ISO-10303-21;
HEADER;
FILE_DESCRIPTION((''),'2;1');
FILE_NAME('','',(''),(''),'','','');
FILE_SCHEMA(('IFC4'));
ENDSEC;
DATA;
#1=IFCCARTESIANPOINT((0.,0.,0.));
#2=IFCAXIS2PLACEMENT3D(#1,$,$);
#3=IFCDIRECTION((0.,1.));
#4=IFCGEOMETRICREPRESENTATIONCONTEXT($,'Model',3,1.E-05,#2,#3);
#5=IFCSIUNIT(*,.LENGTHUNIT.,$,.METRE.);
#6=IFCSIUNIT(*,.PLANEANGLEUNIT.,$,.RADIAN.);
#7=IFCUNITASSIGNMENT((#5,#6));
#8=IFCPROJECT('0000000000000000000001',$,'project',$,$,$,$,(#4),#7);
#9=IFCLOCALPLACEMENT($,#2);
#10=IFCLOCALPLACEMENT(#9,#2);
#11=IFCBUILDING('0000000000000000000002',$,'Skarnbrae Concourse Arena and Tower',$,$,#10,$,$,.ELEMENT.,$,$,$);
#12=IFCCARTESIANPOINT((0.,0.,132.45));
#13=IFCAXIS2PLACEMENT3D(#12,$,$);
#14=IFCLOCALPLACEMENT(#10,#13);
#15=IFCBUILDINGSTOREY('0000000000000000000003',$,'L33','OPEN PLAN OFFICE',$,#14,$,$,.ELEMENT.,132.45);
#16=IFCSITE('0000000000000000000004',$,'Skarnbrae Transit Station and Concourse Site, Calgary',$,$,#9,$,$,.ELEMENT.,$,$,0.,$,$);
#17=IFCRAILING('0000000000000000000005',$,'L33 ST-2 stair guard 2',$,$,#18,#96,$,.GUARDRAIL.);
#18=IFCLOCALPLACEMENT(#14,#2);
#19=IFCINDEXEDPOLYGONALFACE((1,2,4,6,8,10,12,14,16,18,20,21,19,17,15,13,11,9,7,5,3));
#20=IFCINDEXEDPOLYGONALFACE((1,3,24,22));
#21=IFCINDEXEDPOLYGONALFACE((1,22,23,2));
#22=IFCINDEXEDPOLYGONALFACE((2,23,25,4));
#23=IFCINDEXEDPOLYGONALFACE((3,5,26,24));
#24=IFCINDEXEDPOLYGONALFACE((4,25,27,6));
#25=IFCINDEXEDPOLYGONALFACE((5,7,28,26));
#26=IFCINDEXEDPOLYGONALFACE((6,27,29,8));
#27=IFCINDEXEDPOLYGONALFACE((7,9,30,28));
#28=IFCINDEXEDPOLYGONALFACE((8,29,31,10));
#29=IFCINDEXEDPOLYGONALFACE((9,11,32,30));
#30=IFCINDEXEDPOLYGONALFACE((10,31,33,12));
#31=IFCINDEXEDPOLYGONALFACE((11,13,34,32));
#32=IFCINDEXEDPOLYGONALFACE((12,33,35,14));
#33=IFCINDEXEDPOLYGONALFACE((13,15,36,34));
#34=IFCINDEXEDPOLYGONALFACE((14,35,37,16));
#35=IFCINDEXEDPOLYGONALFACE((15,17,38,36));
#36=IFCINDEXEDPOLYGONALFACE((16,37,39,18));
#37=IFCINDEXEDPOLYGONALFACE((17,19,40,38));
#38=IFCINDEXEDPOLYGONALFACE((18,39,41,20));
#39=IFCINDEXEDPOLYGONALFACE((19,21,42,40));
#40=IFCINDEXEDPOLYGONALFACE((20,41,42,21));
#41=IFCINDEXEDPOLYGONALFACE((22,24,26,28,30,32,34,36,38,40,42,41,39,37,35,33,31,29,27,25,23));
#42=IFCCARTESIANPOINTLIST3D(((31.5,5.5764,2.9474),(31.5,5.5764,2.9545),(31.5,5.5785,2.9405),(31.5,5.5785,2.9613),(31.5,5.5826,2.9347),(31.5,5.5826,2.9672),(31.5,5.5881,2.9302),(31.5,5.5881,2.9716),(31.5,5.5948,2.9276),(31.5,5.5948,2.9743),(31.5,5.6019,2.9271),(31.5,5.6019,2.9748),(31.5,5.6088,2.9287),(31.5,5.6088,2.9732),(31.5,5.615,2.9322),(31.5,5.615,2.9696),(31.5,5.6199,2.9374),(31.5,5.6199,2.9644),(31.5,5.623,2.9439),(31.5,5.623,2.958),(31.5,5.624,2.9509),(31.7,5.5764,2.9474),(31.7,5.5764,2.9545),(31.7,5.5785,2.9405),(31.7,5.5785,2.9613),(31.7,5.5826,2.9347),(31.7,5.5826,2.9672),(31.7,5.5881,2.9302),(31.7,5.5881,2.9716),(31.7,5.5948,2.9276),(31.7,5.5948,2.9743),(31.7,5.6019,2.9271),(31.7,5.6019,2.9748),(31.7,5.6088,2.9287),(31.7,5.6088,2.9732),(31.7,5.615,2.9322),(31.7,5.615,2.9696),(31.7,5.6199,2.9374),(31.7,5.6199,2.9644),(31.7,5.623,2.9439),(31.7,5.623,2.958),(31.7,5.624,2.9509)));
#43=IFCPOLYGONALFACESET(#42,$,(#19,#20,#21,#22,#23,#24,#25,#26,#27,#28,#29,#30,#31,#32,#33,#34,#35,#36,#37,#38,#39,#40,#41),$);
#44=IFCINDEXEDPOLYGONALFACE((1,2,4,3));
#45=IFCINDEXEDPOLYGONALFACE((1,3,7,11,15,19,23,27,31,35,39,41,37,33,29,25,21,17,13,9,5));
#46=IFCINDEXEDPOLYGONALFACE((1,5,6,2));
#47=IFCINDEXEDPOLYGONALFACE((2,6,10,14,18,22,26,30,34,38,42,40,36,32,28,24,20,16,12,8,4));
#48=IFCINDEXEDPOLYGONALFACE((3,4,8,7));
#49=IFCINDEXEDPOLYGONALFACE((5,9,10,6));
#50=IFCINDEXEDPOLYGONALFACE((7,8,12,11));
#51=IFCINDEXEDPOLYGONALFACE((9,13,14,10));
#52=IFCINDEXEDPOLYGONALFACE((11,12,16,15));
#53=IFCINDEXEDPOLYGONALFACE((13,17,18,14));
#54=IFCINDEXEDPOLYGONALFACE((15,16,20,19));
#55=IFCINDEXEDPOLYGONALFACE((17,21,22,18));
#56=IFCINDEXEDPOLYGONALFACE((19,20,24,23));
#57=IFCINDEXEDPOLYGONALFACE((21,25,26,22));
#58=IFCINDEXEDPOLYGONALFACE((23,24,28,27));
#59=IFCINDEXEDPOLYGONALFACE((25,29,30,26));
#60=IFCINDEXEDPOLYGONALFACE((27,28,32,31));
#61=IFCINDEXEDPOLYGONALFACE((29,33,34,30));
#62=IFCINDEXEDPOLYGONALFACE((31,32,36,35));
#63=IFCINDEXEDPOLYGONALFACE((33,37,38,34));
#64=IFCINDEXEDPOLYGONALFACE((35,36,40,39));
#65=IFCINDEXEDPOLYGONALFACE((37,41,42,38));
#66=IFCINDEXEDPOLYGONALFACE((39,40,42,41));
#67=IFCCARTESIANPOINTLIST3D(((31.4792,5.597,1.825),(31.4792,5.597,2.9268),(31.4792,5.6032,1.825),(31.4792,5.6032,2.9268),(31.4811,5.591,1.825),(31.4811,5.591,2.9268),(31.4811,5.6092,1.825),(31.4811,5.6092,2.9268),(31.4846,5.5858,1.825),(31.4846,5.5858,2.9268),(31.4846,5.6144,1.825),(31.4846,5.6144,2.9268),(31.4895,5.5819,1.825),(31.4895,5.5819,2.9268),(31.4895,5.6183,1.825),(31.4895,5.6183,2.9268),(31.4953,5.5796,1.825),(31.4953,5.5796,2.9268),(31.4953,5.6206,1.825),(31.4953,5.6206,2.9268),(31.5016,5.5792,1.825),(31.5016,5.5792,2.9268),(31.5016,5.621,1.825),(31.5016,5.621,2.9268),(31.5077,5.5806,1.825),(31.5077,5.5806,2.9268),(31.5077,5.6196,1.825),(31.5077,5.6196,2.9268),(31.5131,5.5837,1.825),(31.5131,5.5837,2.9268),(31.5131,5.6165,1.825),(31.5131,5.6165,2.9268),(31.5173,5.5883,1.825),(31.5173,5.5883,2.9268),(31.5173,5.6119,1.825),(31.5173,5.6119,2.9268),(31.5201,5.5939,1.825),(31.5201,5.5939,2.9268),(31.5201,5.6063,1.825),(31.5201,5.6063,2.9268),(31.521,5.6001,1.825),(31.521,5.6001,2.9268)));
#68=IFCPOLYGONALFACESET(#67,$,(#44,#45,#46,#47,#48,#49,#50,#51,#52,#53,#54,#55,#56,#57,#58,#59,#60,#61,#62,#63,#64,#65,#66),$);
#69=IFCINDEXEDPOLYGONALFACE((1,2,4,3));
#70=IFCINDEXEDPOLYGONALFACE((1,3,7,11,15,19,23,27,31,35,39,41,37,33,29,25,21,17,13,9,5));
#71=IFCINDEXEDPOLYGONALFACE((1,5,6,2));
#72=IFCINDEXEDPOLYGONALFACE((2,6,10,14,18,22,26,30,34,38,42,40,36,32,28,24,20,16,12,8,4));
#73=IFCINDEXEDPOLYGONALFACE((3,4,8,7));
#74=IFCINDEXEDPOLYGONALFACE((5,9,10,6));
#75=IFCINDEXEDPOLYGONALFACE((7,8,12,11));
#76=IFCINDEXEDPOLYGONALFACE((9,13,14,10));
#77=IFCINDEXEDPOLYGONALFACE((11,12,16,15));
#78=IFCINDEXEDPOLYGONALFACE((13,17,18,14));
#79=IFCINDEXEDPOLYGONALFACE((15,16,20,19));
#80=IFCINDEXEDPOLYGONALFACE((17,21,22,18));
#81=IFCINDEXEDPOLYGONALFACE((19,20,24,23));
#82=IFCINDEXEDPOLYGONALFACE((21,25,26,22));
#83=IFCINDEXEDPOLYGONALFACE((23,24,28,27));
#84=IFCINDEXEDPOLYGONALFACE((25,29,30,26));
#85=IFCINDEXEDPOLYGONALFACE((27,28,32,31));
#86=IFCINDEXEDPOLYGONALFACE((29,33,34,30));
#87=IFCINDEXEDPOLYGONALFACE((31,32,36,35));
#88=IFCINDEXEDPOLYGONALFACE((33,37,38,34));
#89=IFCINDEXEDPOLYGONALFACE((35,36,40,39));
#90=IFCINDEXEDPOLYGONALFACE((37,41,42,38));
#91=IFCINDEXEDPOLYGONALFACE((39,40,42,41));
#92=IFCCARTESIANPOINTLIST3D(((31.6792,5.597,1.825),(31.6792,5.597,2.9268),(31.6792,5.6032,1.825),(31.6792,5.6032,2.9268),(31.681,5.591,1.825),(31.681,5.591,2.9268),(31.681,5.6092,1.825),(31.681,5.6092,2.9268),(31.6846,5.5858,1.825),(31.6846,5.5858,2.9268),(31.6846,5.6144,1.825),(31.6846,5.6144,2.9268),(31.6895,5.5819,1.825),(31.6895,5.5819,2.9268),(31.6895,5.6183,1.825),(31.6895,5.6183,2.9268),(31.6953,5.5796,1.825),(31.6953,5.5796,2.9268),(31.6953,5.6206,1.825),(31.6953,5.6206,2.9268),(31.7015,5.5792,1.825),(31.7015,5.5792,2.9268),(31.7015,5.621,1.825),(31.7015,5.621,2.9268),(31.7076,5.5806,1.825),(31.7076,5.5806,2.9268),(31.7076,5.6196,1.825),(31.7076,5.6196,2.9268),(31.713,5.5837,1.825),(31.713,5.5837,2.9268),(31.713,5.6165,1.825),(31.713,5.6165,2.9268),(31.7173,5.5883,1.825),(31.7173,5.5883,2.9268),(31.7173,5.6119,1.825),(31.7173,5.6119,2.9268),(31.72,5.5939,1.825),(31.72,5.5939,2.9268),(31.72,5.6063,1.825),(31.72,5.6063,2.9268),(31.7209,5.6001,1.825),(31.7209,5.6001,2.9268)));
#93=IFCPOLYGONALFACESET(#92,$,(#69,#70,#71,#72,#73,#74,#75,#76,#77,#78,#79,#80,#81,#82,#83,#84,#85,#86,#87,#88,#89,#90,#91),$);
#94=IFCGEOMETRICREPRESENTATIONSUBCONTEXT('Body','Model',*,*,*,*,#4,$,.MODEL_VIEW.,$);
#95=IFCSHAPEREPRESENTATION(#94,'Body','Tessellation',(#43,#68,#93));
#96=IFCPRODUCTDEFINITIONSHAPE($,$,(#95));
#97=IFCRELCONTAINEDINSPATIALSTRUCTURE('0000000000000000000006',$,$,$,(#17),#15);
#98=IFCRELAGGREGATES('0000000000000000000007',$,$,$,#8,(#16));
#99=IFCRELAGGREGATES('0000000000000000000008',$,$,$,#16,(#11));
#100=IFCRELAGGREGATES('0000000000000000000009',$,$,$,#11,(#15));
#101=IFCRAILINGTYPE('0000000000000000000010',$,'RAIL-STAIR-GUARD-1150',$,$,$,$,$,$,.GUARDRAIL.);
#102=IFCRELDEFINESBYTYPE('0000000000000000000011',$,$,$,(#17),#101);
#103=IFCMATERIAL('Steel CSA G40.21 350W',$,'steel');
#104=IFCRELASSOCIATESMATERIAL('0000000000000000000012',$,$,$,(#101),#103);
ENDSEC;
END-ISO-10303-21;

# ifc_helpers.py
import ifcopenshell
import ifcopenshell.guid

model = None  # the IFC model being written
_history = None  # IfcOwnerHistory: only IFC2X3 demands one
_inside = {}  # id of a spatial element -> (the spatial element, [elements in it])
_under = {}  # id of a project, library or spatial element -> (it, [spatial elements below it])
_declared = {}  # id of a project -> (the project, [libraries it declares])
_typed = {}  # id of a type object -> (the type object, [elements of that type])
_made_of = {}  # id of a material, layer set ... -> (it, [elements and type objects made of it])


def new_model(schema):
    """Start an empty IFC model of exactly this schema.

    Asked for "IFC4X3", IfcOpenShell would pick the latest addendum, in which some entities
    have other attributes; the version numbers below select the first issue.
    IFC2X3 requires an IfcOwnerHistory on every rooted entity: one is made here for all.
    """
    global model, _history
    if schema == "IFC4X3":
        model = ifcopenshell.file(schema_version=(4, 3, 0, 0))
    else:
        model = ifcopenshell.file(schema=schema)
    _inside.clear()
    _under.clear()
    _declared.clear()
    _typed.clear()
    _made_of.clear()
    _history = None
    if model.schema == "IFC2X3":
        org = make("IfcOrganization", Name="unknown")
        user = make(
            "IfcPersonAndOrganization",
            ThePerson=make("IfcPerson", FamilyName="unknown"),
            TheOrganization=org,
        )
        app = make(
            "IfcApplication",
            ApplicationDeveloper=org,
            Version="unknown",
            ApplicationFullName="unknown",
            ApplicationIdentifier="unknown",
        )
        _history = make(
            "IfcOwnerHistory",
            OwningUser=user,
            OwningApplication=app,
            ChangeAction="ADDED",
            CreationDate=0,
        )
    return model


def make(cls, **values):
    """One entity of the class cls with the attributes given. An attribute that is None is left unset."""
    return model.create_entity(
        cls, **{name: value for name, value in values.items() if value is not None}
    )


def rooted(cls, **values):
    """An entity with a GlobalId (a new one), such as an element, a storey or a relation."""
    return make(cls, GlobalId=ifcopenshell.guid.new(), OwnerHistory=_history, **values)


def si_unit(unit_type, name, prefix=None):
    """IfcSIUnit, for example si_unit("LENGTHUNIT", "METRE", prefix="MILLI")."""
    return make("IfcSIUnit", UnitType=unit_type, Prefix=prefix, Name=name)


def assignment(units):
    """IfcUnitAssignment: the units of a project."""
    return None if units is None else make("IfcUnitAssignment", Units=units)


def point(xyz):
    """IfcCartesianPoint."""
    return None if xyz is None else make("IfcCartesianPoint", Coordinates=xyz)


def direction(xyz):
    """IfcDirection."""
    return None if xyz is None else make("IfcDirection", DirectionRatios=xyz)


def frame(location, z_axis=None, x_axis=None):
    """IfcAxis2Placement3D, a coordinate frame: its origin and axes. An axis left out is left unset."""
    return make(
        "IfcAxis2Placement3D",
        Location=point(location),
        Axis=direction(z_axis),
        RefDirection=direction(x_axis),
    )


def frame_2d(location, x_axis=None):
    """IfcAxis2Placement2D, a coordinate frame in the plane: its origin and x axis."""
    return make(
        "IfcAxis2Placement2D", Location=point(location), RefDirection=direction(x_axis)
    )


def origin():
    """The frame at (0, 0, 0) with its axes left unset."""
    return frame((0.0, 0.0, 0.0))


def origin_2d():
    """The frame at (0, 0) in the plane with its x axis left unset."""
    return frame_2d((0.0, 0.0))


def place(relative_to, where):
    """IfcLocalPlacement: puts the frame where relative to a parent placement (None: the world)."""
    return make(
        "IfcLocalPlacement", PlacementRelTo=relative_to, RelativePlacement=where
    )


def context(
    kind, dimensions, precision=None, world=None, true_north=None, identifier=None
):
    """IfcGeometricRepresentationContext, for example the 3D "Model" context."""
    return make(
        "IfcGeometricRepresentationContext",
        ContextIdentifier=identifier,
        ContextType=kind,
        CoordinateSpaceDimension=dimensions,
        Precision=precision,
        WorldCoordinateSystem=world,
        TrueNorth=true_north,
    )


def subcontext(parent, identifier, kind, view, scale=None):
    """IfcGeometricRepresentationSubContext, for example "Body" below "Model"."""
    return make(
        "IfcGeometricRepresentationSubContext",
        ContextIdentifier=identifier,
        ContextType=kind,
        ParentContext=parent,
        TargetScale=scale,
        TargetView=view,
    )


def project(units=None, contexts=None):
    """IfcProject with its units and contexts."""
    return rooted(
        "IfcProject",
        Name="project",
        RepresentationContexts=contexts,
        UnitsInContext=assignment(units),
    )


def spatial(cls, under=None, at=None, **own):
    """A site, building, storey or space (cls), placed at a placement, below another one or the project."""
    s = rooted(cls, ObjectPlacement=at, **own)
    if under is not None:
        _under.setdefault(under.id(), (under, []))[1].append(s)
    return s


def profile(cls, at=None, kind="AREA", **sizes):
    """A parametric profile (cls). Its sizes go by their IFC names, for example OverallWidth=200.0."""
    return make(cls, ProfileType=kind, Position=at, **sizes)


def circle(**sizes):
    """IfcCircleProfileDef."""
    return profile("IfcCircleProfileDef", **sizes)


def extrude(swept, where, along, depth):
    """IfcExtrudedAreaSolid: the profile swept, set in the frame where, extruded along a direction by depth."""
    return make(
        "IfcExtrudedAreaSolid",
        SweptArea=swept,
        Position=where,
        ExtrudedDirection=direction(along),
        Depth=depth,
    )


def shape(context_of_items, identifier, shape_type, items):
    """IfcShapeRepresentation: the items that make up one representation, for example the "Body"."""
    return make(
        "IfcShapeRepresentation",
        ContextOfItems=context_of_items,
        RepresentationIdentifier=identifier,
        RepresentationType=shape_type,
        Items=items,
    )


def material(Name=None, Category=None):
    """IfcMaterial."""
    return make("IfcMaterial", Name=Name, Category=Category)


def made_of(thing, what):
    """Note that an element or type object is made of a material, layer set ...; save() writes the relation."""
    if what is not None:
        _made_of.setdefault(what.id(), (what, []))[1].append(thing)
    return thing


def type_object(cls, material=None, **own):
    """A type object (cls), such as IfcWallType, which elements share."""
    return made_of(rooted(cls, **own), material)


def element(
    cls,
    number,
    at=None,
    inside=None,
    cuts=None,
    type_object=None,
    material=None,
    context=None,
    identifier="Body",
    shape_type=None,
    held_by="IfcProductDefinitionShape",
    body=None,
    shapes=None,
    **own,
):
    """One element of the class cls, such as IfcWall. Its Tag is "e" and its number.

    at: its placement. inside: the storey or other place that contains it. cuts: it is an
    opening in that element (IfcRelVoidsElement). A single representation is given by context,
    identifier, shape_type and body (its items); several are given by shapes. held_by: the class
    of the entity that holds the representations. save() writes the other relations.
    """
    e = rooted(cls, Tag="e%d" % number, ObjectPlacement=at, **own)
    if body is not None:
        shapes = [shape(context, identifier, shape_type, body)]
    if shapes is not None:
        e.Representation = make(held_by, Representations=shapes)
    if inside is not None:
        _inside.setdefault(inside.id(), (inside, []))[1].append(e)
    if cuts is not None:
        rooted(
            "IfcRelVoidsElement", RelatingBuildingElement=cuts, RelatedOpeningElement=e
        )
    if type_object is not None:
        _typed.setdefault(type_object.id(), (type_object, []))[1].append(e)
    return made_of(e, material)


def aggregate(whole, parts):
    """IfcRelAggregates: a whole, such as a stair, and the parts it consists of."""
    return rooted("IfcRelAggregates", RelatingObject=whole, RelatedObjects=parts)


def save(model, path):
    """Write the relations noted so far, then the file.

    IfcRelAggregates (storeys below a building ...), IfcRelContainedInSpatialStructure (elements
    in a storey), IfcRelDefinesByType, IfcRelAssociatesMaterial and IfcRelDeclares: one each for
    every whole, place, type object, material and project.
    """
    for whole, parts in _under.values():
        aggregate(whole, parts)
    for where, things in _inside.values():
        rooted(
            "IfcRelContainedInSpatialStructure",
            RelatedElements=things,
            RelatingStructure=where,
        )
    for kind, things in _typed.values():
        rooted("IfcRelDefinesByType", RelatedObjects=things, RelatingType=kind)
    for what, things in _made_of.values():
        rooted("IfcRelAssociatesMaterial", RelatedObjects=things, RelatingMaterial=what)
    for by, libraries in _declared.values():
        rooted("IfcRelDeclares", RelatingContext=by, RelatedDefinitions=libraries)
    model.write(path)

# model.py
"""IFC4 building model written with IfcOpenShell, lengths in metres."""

from ifc_helpers import new_model, si_unit, direction, frame, origin, origin_2d, place, context, subcontext, project, spatial, circle, extrude, material, type_object, element, save


model = new_model("IFC4")

# Units and contexts
model_context = context("Model", 3, precision=1e-05, world=origin(), true_north=direction((0.0, 1.0)))
body_context = subcontext(model_context, "Body", "Model", "MODEL_VIEW")
ifc_project = project(units=[si_unit("LENGTHUNIT", "METRE"), si_unit("PLANEANGLEUNIT", "RADIAN")], contexts=[model_context])

# Site, building, storey
site_placement = place(None, origin())
site = spatial("IfcSite", under=ifc_project, at=site_placement, Name="Skarnbrae Transit Station and Concourse Site, Calgary", CompositionType="ELEMENT", RefElevation=0.0)
building_placement = place(site_placement, origin())
building = spatial("IfcBuilding", under=site, at=building_placement, Name="Skarnbrae Concourse Arena and Tower", CompositionType="ELEMENT")
storey_placement = place(building_placement, frame((0.0, 0.0, 132.45)))
storey = spatial("IfcBuildingStorey", under=building, at=storey_placement, Name="L33", Description="OPEN PLAN OFFICE", CompositionType="ELEMENT", Elevation=132.45)

# Shared definitions
ifc_material_1 = material(Name="Steel CSA G40.21 350W", Category="steel")

# Railing
railing_type_1 = type_object("IfcRailingType", Name="RAIL-STAIR-GUARD-1150", PredefinedType="GUARDRAIL", material=ifc_material_1)
railing_1_placement = place(storey_placement, frame((31.5, 5.6001, 1.825)))
element("IfcRailing", 1, at=railing_1_placement, inside=storey, type_object=railing_type_1, Name="L33 ST-2 stair guard 2", PredefinedType="GUARDRAIL", context=body_context, shape_type="SweptSolid", body=[
    extrude(circle(Radius=0.0239, at=origin_2d()), frame((0.0, 0.0, 1.126), z_axis=(1.0, 0.0, 0.0), x_axis=(0.0, 1.0, 0.0)), (0.0, 0.0, 1.0), 0.2),
    extrude(circle(Radius=0.021, at=origin_2d()), origin(), (0.0, 0.0, 1.0), 1.1018),
    extrude(circle(Radius=0.021, at=origin_2d()), frame((0.2, 0.0, 0.0)), (0.0, 0.0, 1.0), 1.1018),
])

save(model, "model.ifc")
